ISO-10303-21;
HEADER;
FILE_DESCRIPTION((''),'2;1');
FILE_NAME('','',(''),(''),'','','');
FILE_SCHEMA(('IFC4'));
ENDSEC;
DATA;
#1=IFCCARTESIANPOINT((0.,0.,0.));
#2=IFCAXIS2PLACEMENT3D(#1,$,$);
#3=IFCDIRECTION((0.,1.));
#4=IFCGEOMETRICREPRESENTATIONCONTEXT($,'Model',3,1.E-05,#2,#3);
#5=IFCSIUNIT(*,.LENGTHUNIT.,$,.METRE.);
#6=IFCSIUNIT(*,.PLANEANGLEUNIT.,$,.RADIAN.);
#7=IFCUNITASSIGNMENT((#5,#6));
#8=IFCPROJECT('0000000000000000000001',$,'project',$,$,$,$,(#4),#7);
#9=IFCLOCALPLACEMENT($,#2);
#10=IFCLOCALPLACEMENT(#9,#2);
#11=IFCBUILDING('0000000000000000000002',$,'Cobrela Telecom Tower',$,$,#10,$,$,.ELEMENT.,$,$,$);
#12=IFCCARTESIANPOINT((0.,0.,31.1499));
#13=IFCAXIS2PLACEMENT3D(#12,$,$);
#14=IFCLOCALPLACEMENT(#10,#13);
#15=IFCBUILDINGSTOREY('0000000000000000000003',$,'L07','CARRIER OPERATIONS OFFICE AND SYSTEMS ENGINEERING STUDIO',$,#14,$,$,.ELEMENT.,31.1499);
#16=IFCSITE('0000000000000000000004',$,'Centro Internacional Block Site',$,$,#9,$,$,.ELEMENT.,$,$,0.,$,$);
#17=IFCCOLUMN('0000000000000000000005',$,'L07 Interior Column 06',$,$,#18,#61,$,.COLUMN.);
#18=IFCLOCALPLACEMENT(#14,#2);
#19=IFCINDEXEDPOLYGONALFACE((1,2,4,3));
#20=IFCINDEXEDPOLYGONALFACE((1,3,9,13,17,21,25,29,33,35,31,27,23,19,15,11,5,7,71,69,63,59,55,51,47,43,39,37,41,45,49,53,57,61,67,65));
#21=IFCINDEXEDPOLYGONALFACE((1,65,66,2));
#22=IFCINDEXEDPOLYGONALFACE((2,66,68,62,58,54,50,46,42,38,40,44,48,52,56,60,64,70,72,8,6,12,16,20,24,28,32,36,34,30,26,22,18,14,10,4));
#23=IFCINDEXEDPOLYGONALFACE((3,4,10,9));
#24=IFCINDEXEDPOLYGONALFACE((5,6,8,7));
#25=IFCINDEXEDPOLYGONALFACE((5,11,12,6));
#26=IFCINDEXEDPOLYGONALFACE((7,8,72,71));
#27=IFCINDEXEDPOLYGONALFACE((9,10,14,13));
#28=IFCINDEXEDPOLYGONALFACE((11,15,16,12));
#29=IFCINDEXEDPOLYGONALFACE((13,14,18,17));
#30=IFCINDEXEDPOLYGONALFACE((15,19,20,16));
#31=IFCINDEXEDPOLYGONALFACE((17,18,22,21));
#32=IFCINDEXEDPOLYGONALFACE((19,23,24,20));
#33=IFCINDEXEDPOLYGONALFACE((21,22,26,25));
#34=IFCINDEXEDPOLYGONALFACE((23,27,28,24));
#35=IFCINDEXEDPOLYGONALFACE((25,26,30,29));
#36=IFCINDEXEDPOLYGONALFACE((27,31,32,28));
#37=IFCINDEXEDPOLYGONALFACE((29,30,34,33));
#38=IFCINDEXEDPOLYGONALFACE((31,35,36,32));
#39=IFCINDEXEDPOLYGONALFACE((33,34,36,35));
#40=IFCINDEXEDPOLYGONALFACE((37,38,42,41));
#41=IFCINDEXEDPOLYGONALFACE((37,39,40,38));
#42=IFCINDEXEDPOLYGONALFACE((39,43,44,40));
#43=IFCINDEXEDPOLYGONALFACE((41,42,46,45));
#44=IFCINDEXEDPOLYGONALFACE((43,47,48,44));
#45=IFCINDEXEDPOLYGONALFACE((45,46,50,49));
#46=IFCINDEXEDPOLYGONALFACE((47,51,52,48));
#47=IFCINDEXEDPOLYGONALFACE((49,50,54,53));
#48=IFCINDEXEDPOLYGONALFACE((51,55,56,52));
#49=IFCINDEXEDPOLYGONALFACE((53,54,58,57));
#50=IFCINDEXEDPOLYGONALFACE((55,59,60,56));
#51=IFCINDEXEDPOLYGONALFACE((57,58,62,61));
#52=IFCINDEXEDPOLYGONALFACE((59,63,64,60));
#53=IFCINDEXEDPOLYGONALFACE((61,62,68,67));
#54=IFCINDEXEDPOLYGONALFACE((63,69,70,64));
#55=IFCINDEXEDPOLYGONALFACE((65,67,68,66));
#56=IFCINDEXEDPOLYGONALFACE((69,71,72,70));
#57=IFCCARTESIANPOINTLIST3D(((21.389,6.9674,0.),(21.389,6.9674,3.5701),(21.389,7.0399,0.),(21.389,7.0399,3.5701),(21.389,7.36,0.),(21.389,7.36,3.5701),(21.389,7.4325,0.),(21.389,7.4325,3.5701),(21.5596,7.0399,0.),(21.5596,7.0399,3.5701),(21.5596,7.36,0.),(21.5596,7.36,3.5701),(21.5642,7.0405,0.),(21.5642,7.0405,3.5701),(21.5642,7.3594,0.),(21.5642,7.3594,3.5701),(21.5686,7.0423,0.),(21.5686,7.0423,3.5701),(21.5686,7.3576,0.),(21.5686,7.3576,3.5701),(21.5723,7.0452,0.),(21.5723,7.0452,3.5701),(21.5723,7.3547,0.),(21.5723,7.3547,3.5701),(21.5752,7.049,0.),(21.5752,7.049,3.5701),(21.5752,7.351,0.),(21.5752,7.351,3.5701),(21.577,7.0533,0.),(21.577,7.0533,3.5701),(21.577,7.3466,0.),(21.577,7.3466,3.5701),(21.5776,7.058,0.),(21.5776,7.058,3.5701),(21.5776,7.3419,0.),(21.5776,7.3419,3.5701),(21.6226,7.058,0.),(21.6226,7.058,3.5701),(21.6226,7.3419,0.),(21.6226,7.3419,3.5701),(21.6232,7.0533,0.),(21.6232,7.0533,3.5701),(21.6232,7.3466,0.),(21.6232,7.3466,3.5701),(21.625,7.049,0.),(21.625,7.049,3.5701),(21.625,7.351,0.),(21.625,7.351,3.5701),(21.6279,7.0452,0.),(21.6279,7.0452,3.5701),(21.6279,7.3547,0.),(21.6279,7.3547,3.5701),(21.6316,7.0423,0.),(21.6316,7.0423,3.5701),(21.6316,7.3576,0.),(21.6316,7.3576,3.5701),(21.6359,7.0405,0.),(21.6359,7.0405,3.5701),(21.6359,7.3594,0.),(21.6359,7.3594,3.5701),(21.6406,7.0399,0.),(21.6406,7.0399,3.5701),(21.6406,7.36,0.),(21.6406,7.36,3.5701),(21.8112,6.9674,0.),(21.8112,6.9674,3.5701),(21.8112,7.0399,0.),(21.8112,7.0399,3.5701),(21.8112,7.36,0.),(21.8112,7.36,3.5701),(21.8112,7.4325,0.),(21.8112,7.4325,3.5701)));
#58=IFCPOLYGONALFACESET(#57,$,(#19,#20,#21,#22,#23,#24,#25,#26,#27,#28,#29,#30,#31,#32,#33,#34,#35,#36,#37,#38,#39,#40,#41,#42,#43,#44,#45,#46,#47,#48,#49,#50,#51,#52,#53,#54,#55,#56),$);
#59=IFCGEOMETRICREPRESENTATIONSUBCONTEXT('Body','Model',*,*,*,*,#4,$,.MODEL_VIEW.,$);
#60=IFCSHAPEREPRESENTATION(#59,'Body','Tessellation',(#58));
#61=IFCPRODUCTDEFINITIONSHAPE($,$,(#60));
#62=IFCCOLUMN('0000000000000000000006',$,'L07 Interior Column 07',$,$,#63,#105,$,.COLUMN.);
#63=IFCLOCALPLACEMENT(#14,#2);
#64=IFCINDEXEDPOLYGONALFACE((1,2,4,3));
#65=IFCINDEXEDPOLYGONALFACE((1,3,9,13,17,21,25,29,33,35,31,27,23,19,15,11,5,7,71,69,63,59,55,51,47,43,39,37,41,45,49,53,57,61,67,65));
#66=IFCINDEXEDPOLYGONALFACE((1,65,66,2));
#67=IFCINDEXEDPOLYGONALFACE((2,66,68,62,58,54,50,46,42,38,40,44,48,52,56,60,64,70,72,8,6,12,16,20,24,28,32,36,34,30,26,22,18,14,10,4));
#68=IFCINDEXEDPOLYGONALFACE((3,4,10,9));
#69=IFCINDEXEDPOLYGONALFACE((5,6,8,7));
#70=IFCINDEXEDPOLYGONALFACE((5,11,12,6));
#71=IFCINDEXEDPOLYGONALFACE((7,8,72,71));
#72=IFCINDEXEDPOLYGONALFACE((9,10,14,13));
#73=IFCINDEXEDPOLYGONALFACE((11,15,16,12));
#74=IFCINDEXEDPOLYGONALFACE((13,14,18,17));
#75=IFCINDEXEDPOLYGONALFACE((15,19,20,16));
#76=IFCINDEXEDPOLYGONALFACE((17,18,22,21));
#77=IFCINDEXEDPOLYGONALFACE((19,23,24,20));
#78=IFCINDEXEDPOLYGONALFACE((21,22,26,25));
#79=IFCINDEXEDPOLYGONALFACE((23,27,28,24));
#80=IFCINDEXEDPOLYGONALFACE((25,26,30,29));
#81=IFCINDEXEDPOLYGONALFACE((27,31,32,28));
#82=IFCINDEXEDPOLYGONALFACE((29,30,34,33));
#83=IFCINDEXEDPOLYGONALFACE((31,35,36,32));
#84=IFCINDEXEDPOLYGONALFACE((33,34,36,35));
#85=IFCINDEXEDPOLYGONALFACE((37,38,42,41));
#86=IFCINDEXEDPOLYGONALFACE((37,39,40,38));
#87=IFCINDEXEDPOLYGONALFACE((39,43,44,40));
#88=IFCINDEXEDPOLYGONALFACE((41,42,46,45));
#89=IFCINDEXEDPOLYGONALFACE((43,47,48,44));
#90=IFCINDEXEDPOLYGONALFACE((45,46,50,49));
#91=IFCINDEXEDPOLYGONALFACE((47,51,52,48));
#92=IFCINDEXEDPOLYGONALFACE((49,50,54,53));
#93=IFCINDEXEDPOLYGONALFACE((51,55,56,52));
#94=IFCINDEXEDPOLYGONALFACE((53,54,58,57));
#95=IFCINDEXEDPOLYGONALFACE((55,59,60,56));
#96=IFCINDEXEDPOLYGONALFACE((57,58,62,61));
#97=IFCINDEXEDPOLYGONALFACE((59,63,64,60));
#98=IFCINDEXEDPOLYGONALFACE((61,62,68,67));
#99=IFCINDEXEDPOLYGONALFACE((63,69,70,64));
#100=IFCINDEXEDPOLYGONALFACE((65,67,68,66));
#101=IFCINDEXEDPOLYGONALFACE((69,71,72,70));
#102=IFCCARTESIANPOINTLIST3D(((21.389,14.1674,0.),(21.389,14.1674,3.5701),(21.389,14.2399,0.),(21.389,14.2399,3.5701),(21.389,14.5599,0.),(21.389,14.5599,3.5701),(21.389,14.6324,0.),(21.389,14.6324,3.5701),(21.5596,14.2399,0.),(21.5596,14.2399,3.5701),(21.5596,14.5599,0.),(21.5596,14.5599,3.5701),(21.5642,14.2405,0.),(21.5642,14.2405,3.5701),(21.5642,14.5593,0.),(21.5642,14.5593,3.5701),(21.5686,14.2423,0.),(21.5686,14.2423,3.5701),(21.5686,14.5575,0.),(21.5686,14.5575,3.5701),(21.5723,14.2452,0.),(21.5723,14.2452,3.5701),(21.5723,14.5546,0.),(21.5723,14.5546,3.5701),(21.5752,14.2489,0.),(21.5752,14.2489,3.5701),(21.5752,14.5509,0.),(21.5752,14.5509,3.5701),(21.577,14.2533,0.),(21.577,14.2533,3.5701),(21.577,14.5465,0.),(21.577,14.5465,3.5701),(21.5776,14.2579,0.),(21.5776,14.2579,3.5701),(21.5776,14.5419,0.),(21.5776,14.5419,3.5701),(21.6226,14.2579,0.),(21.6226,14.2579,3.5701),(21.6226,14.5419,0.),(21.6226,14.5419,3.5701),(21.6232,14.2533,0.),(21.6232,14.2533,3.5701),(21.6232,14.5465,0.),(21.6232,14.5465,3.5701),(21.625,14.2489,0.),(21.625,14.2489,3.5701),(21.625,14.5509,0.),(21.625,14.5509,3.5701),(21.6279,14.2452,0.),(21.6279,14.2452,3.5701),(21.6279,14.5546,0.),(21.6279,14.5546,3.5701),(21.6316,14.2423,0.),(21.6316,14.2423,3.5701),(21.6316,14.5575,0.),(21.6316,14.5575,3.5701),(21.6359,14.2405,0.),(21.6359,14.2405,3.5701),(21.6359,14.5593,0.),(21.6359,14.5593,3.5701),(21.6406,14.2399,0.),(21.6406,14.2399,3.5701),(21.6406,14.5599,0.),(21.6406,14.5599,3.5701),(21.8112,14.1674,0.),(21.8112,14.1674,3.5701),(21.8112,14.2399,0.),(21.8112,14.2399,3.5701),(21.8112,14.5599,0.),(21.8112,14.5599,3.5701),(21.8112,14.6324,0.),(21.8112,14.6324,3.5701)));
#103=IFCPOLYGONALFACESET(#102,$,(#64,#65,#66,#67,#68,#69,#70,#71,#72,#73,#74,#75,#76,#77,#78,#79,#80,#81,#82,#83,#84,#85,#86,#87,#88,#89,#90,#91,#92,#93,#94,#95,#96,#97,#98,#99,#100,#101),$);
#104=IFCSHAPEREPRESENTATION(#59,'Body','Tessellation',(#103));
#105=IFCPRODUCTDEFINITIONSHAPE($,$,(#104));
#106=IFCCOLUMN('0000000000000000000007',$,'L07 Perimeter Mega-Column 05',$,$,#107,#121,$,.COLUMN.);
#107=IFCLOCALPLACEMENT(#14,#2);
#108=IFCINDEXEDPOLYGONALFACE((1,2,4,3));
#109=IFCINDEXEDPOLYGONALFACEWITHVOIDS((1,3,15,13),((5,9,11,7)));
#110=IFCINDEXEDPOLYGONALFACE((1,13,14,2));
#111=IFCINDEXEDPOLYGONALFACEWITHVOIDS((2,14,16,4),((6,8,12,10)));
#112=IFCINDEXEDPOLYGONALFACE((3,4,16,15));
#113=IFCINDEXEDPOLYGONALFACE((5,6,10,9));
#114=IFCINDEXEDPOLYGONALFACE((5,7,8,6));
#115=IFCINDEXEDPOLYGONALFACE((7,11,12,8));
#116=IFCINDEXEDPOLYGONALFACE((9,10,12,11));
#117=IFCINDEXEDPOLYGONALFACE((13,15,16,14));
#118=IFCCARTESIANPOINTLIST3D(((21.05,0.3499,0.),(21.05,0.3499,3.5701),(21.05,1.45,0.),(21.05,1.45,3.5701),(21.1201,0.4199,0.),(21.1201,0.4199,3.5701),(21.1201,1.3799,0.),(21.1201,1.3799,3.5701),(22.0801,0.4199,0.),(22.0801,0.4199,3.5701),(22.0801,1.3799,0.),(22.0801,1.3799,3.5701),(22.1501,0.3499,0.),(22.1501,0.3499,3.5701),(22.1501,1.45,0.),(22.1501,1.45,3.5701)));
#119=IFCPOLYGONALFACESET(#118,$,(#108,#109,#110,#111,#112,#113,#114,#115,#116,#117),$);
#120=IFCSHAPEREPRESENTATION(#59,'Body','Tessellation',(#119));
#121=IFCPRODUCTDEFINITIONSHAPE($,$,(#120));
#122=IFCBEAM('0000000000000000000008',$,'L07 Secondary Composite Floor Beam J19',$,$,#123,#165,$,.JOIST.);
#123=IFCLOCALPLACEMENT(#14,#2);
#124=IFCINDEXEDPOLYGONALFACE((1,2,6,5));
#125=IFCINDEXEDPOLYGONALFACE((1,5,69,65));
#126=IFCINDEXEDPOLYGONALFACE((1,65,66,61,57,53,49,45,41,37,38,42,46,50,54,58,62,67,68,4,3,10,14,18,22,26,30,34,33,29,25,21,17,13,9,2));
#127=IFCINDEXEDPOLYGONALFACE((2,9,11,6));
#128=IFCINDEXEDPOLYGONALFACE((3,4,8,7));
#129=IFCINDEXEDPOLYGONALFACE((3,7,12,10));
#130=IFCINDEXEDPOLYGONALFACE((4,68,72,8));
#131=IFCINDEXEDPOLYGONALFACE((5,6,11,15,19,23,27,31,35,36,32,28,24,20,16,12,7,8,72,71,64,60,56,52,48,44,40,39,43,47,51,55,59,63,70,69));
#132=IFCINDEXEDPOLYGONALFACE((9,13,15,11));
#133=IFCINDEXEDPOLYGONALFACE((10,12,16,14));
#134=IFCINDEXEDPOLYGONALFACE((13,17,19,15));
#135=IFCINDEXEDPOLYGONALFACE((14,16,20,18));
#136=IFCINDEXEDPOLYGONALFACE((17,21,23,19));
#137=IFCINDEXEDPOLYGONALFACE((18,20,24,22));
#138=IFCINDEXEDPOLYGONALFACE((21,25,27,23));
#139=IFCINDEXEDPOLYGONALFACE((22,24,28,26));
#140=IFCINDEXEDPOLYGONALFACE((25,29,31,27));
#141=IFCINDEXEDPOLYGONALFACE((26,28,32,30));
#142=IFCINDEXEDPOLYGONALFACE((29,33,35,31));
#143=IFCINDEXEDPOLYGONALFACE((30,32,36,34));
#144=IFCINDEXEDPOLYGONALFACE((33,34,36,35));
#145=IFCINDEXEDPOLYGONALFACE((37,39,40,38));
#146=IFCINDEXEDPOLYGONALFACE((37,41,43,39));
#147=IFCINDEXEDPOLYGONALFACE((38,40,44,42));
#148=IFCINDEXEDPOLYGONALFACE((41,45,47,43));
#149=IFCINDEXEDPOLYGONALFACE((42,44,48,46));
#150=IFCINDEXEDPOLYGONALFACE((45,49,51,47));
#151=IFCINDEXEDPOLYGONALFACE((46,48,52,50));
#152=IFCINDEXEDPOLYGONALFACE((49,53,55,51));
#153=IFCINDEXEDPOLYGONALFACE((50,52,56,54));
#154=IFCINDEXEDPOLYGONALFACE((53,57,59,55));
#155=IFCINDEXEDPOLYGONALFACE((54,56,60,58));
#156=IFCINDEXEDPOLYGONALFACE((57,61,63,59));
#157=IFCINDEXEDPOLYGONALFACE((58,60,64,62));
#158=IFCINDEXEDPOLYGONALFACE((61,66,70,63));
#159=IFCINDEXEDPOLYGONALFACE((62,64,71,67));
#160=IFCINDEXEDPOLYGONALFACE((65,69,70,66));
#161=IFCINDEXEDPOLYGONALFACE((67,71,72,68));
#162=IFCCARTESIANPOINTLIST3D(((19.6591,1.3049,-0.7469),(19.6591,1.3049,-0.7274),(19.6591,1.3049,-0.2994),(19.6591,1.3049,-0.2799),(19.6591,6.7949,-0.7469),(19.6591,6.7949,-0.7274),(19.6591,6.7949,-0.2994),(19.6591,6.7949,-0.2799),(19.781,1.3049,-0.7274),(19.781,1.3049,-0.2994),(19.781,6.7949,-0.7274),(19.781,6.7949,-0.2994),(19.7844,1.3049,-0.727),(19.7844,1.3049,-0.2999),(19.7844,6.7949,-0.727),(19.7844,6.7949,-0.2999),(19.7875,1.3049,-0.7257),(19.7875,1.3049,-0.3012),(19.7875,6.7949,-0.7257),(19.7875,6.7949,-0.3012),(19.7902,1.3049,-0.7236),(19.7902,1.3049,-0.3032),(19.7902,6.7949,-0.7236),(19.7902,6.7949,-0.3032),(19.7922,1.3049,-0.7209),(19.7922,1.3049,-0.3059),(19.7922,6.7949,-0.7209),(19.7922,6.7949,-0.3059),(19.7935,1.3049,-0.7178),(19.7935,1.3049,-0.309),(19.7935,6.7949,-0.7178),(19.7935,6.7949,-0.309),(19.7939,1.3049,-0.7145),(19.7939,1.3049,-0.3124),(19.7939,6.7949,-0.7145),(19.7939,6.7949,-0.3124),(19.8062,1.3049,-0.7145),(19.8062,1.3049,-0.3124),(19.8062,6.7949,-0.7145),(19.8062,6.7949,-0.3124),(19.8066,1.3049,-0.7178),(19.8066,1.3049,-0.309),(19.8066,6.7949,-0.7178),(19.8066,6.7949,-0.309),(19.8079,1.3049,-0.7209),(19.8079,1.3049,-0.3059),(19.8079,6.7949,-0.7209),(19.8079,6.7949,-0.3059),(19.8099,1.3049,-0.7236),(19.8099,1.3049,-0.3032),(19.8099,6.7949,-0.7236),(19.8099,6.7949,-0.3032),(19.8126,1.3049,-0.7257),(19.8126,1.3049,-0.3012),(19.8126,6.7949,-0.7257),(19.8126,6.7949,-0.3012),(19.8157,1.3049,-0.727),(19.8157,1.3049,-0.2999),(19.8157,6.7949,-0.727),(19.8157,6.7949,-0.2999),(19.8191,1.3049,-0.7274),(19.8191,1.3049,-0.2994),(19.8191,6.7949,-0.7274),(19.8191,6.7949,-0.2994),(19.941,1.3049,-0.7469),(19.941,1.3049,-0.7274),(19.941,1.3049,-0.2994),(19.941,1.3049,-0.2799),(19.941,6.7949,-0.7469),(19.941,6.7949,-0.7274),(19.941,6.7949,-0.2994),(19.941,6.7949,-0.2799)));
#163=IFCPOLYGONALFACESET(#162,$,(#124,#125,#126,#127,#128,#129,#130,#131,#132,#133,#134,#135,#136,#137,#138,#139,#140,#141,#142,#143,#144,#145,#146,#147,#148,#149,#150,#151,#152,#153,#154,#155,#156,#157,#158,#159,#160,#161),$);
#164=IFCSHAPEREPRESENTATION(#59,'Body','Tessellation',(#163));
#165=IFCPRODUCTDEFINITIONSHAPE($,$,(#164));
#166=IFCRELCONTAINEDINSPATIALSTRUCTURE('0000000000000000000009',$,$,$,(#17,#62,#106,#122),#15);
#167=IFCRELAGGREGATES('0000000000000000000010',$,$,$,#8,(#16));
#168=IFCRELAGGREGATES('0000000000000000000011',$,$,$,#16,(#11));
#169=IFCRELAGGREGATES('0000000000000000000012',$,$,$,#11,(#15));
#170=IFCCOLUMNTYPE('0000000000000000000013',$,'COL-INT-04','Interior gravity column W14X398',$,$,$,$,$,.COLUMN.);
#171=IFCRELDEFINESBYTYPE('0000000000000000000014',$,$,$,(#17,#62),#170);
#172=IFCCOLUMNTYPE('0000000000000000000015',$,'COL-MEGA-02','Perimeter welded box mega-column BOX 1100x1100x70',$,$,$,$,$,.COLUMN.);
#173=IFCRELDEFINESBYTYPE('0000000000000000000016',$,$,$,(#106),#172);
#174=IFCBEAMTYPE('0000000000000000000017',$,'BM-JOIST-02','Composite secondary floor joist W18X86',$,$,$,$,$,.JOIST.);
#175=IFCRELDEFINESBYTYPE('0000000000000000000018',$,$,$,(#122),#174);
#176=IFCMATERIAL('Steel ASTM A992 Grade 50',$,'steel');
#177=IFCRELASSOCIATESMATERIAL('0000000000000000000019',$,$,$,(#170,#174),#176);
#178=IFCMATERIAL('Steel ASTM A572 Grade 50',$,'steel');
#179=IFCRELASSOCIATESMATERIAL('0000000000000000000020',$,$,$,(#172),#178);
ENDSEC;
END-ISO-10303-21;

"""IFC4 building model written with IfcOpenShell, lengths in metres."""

from ifc_helpers import new_model, si_unit, direction, frame, origin, origin_2d, place, context, subcontext, project, spatial, hollow_rectangle, i_section, extrude, material, material_profile, profile_set, type_object, element, save


model = new_model("IFC4")

# Units and contexts
model_context = context("Model", 3, precision=1e-05, world=origin(), true_north=direction((0.0, 1.0)))
body_context = subcontext(model_context, "Body", "Model", "MODEL_VIEW")
ifc_project = project(units=[si_unit("LENGTHUNIT", "METRE"), si_unit("PLANEANGLEUNIT", "RADIAN")], contexts=[model_context])

# Site, building, storey
site_placement = place(None, origin())
site = spatial("IfcSite", under=ifc_project, at=site_placement, Name="Centro Internacional Block Site", CompositionType="ELEMENT", RefElevation=0.0)
building_placement = place(site_placement, origin())
building = spatial("IfcBuilding", under=site, at=building_placement, Name="Cobrela Telecom Tower", CompositionType="ELEMENT")
storey_placement = place(building_placement, frame((0.0, 0.0, 31.1499)))
storey = spatial("IfcBuildingStorey", under=building, at=storey_placement, Name="L07", Description="CARRIER OPERATIONS OFFICE AND SYSTEMS ENGINEERING STUDIO", CompositionType="ELEMENT", Elevation=31.1499)

# Columns
ifc_material_1 = material(Name="Steel ASTM A992 Grade 50", Category="steel")
ifc_material_profile_1 = material_profile(ifc_material_1, i_section(OverallWidth=0.4221, OverallDepth=0.4651, WebThickness=0.0449, FlangeThickness=0.0725, FilletRadius=0.0181, at=origin_2d()), Name="W14X398")
ifc_profile_set_1 = profile_set([ifc_material_profile_1], Name="Steel ASTM A992 Grade 50")
column_type_1 = type_object("IfcColumnType", Name="COL-INT-04", Description="Interior gravity column W14X398", PredefinedType="COLUMN", material=ifc_profile_set_1)
for number, where, z_axis, x_axis, name in (
    (1, (21.6001, 7.2, 0.0), (0.0, 0.0, 1.0), (1.0, 0.0, 0.0), "L07 Interior Column 06"),
    (2, (21.6001, 14.3999, 0.0), (0.0, 0.0, 1.0), (1.0, 0.0, 0.0), "L07 Interior Column 07"),
):
    element("IfcColumn", number, at=place(storey_placement, frame(where, z_axis=z_axis, x_axis=x_axis)), inside=storey, type_object=column_type_1, Name=name, PredefinedType="COLUMN", context=body_context, shape_type="SweptSolid", body=[
        extrude(i_section(OverallWidth=0.4221, OverallDepth=0.4651, WebThickness=0.0449, FlangeThickness=0.0725, FilletRadius=0.0181, at=origin_2d()), origin(), (0.0, 0.0, 1.0), 3.5701),
    ])
ifc_material_2 = material(Name="Steel ASTM A572 Grade 50", Category="steel")
ifc_material_profile_2 = material_profile(ifc_material_2, hollow_rectangle(XDim=1.1001, YDim=1.1001, WallThickness=0.0701, at=origin_2d()), Name="BOX 1100x1100x70")
ifc_profile_set_2 = profile_set([ifc_material_profile_2], Name="Steel ASTM A572 Grade 50")
column_type_2 = type_object("IfcColumnType", Name="COL-MEGA-02", Description="Perimeter welded box mega-column BOX 1100x1100x70", PredefinedType="COLUMN", material=ifc_profile_set_2)
column_placement = place(storey_placement, frame((21.6001, 0.8999, 0.0), z_axis=(0.0, 0.0, 1.0), x_axis=(1.0, 0.0, 0.0)))
element("IfcColumn", 3, at=column_placement, inside=storey, type_object=column_type_2, Name="L07 Perimeter Mega-Column 05", PredefinedType="COLUMN", context=body_context, shape_type="SweptSolid", body=[
    extrude(hollow_rectangle(XDim=1.1001, YDim=1.1001, WallThickness=0.0701, at=origin_2d()), origin(), (0.0, 0.0, 1.0), 3.5701),
])

# Beam
ifc_material_profile_3 = material_profile(ifc_material_1, i_section(OverallWidth=0.282, OverallDepth=0.467, WebThickness=0.0122, FlangeThickness=0.0195, FilletRadius=0.0129, at=origin_2d()), Name="W18X86")
ifc_profile_set_3 = profile_set([ifc_material_profile_3], Name="Steel ASTM A992 Grade 50")
beam_type = type_object("IfcBeamType", Name="BM-JOIST-02", Description="Composite secondary floor joist W18X86", PredefinedType="JOIST", material=ifc_profile_set_3)
beam_1_placement = place(storey_placement, frame((19.8, 1.3049, -0.5134), z_axis=(0.0, 1.0, 0.0), x_axis=(-1.0, 0.0, 0.0)))
element("IfcBeam", 4, at=beam_1_placement, inside=storey, type_object=beam_type, Name="L07 Secondary Composite Floor Beam J19", PredefinedType="JOIST", context=body_context, shape_type="SweptSolid", body=[
    extrude(i_section(OverallWidth=0.282, OverallDepth=0.467, WebThickness=0.0122, FlangeThickness=0.0195, FilletRadius=0.0129, at=origin_2d()), origin(), (0.0, 0.0, 1.0), 5.49),
])

save(model, "model.ifc")
